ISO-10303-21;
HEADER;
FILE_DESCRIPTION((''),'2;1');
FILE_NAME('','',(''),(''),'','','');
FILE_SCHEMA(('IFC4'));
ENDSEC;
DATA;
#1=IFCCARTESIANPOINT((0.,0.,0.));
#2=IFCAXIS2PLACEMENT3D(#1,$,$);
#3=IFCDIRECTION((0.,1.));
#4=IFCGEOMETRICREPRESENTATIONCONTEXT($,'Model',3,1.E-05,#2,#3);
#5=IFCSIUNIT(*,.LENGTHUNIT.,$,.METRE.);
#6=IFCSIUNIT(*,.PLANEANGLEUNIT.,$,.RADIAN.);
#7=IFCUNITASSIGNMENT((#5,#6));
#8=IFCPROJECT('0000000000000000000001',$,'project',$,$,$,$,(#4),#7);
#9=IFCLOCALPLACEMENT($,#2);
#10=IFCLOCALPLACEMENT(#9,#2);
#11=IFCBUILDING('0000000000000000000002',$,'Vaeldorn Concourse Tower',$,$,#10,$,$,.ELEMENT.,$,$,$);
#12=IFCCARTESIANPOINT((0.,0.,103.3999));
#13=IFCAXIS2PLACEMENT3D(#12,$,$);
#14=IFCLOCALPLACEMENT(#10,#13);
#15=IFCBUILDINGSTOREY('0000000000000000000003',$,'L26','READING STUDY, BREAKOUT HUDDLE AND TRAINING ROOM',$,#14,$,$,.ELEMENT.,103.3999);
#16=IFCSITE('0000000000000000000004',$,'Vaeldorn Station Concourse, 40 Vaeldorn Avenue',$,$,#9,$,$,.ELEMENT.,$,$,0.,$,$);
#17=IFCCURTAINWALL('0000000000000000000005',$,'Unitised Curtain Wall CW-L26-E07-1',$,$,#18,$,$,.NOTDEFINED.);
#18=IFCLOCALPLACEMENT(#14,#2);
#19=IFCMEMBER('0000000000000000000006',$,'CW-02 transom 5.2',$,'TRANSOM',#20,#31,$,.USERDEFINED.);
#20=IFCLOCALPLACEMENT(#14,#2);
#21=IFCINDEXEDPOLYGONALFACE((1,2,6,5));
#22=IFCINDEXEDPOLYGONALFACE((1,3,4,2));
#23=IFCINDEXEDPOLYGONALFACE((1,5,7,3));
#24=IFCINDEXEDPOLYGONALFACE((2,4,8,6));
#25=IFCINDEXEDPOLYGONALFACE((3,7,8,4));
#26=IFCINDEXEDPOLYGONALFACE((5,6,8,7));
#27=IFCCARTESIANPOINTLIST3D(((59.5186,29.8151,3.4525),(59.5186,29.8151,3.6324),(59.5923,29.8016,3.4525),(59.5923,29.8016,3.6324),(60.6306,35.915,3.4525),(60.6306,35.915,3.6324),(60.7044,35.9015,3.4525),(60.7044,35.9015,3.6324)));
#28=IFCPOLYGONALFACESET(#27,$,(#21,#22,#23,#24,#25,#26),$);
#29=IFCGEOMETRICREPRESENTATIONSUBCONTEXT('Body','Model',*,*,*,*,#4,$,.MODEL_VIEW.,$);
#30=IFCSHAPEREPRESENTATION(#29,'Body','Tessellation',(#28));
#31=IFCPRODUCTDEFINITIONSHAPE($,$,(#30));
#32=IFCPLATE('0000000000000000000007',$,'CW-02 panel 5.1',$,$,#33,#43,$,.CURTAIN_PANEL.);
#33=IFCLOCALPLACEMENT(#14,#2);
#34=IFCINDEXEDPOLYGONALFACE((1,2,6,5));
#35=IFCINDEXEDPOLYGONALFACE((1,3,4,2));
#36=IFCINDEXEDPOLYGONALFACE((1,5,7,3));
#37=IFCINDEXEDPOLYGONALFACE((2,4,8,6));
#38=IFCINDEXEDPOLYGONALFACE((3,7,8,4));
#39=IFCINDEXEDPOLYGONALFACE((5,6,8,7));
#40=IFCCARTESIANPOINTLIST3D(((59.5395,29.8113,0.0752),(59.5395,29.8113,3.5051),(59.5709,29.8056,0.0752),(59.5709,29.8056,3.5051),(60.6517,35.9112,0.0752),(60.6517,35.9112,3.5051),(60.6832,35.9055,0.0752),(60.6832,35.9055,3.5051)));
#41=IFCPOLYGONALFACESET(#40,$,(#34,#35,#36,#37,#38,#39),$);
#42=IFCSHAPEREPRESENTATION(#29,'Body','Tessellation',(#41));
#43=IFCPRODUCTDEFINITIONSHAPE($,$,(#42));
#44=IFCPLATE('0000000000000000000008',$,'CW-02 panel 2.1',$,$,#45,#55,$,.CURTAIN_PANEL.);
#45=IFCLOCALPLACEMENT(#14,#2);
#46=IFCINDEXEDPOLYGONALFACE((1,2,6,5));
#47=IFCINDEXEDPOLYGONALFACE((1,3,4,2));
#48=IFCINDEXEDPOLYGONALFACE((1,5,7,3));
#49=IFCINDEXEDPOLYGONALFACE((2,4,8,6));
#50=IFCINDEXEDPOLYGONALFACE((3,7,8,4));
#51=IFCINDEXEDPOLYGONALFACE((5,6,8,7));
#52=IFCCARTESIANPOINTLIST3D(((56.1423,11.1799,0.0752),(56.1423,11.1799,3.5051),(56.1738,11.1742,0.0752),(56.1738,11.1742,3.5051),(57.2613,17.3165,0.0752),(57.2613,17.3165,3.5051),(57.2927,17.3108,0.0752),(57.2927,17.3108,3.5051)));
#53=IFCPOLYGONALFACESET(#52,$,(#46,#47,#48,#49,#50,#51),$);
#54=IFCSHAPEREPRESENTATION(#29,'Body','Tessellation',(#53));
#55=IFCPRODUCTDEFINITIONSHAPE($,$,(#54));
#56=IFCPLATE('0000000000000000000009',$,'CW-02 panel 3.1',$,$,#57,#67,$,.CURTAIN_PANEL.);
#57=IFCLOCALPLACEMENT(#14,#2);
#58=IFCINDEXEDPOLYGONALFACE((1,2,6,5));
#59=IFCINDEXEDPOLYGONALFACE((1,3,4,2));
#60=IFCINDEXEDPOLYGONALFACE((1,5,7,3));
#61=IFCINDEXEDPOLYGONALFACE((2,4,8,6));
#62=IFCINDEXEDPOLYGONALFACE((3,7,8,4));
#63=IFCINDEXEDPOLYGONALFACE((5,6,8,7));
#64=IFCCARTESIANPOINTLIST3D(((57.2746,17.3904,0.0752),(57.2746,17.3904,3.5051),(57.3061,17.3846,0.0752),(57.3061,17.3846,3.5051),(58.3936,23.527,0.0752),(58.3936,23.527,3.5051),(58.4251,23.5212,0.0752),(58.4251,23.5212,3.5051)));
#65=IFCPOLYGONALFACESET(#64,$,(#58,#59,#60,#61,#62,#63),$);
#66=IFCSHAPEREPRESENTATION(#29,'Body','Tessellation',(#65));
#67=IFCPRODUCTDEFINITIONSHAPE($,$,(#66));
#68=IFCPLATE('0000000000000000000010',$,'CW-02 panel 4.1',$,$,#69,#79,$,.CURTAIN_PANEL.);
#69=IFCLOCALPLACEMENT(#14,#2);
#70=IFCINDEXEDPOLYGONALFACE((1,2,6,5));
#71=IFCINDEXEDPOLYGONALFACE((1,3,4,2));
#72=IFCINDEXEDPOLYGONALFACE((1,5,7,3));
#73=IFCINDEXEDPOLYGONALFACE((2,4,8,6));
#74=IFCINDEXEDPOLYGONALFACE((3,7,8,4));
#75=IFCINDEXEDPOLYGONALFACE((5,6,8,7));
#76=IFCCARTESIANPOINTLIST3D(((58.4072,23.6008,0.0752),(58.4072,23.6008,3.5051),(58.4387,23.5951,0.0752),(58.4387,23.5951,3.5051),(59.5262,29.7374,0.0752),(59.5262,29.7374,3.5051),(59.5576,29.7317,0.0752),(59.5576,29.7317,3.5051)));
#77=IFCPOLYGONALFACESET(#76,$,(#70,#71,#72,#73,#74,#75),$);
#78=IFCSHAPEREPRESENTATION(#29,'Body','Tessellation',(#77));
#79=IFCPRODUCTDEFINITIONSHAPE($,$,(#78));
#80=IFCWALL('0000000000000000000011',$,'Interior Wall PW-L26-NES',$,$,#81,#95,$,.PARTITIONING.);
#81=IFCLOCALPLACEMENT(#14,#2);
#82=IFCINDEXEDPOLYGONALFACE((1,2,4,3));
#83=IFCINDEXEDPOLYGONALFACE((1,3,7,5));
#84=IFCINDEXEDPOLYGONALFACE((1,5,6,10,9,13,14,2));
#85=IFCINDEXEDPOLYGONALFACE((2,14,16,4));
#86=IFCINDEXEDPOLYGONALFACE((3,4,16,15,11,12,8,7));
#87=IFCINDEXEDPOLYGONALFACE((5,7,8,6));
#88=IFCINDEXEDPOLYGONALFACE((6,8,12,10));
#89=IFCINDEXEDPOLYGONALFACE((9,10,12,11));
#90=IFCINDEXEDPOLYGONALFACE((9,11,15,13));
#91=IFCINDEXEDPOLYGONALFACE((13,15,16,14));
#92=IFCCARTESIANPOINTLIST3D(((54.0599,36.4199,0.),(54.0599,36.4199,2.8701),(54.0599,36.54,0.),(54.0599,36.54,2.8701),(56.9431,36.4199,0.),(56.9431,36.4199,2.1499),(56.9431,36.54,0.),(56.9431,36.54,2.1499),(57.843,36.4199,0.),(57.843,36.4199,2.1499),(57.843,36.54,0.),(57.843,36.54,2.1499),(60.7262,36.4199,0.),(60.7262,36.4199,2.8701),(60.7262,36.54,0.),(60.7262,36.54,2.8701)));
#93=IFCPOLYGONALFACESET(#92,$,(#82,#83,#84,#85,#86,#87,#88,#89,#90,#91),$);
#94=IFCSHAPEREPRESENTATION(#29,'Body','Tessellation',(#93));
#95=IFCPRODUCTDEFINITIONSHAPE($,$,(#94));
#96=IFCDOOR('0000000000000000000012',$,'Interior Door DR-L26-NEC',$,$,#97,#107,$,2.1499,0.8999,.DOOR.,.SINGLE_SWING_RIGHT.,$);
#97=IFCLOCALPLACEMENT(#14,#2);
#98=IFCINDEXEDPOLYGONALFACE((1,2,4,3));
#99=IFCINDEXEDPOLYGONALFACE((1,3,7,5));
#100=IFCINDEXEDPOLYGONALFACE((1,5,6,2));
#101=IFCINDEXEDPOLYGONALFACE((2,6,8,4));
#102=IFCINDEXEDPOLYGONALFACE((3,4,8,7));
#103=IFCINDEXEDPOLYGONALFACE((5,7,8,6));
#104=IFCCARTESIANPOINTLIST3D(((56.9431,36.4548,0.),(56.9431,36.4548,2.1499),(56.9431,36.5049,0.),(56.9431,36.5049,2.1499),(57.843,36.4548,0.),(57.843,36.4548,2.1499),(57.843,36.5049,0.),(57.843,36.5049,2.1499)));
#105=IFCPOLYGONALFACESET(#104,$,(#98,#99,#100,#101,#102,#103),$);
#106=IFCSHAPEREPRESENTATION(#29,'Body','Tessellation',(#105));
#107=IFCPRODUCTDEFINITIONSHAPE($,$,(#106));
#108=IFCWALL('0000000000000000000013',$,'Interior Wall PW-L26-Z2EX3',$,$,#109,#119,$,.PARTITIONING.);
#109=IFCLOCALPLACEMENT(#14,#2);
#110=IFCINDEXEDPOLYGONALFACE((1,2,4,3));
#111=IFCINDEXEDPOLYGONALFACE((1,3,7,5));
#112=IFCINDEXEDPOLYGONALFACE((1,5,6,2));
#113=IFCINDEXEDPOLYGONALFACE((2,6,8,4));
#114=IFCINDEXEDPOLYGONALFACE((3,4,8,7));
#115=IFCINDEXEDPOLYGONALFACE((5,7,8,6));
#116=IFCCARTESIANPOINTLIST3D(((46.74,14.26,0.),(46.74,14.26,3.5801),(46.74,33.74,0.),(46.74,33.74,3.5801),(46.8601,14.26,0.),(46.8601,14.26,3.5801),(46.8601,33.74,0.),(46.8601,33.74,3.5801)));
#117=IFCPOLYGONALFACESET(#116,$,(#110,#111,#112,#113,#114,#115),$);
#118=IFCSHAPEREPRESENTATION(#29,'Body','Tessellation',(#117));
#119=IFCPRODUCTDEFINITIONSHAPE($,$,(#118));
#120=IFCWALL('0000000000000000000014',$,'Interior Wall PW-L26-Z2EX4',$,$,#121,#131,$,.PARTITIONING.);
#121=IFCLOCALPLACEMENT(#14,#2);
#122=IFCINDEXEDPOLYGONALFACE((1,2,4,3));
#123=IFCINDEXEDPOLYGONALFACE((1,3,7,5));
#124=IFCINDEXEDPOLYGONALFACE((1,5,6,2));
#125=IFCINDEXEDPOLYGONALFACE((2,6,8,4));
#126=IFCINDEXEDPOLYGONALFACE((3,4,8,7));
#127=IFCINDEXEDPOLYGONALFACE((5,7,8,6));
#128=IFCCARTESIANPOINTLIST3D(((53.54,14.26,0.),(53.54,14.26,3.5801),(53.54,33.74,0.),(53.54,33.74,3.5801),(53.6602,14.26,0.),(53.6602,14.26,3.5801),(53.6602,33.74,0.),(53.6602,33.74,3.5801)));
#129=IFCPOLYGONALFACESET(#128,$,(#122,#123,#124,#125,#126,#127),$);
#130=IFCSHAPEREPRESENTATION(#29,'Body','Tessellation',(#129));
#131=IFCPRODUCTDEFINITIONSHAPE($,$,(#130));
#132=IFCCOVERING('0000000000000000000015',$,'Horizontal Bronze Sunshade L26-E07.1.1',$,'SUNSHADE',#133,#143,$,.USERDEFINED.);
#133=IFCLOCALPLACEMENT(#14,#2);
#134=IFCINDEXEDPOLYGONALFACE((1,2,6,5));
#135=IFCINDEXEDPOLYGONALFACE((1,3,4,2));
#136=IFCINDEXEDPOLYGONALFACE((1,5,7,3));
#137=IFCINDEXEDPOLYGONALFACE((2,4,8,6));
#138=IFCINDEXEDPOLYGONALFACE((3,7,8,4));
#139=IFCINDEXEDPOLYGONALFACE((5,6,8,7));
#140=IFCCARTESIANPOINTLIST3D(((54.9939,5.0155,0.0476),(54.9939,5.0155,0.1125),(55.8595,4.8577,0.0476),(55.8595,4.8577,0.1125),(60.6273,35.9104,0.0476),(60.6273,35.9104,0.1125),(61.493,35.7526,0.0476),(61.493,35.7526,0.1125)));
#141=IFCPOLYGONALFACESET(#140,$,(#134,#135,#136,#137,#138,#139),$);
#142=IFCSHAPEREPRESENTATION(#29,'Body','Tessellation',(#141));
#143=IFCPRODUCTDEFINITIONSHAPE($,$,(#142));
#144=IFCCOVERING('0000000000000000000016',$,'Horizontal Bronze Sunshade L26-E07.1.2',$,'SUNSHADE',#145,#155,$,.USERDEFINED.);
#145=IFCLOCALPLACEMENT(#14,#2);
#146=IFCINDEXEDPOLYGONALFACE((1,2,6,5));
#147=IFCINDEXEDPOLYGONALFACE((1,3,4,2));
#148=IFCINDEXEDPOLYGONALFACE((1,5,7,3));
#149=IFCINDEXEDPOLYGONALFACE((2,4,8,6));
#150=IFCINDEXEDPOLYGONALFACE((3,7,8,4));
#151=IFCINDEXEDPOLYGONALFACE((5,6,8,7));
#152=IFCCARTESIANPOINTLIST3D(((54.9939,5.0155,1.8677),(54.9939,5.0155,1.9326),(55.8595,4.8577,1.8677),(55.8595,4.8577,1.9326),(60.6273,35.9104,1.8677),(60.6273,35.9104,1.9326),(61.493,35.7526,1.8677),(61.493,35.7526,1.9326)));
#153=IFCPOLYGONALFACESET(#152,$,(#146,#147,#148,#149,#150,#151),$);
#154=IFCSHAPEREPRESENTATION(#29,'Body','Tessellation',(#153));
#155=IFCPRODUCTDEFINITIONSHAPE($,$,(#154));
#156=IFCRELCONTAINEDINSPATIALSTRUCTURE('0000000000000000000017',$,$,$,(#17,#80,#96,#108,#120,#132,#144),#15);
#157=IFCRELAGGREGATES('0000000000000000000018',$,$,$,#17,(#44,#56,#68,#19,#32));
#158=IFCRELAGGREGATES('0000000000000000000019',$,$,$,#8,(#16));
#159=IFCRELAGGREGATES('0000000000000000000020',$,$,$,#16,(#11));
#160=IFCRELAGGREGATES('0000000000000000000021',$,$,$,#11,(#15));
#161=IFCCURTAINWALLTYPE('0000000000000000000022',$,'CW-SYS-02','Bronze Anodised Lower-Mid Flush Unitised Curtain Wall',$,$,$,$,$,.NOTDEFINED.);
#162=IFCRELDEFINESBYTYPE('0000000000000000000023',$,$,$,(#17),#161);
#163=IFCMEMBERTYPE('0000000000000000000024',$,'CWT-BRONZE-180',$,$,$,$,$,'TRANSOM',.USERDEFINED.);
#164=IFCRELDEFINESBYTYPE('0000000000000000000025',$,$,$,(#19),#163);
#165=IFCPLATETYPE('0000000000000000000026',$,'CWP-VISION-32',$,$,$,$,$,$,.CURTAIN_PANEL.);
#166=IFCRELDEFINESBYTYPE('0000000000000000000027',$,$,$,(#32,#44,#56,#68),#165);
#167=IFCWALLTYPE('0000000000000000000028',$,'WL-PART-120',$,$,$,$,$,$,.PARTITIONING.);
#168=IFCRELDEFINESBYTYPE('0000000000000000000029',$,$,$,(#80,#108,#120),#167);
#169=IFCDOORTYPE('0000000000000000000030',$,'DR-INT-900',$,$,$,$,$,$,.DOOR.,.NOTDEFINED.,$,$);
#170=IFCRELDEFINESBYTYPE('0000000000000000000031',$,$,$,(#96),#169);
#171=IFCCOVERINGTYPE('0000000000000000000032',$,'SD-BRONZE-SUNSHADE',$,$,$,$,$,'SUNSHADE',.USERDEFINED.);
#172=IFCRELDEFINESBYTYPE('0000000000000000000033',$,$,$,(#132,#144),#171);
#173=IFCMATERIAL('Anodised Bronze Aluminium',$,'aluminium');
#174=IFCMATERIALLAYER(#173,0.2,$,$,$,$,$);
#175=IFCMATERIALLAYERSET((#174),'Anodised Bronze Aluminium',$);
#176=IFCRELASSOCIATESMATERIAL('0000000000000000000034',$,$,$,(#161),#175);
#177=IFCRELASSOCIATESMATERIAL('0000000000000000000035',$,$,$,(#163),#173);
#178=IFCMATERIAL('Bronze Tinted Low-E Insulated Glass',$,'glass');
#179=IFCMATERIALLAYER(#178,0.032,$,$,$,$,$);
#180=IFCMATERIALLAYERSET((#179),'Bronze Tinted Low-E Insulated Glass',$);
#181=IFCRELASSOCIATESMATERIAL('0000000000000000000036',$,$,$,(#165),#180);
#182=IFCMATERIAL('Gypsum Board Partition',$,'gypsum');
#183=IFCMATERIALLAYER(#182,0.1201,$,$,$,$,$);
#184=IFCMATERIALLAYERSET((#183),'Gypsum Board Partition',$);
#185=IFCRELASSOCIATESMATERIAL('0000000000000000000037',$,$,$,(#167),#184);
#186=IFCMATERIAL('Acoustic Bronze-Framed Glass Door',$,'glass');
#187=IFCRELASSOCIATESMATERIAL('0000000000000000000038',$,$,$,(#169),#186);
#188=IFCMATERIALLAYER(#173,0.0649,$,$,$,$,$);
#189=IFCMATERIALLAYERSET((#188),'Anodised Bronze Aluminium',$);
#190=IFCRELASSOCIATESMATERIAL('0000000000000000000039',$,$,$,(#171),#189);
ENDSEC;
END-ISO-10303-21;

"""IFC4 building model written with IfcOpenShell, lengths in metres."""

from ifc_helpers import new_model, si_unit, direction, frame, frame_2d, origin, origin_2d, place, context, subcontext, project, spatial, rectangle, extrude, source, transform, mapped, material, layer, layer_set, material_profile, profile_set, type_object, element, fill, aggregate, save


model = new_model("IFC4")

# Units and contexts
model_context = context("Model", 3, precision=1e-05, world=origin(), true_north=direction((0.0, 1.0)))
body_context = subcontext(model_context, "Body", "Model", "MODEL_VIEW")
ifc_project = project(units=[si_unit("LENGTHUNIT", "METRE"), si_unit("PLANEANGLEUNIT", "RADIAN")], contexts=[model_context])

# Site, building, storey
site_placement = place(None, origin())
site = spatial("IfcSite", under=ifc_project, at=site_placement, Name="Vaeldorn Station Concourse, 40 Vaeldorn Avenue", CompositionType="ELEMENT", RefElevation=0.0)
building_placement = place(site_placement, origin())
building = spatial("IfcBuilding", under=site, at=building_placement, Name="Vaeldorn Concourse Tower", CompositionType="ELEMENT")
storey_placement = place(building_placement, frame((0.0, 0.0, 103.3999)))
storey = spatial("IfcBuildingStorey", under=building, at=storey_placement, Name="L26", Description="READING STUDY, BREAKOUT HUDDLE AND TRAINING ROOM", CompositionType="ELEMENT", Elevation=103.3999)

# Curtain wall, member, plates
ifc_material_1 = material(Name="Anodised Bronze Aluminium", Category="aluminium")
ifc_layer_1 = layer(ifc_material_1, 0.2)
ifc_layer_set_1 = layer_set([ifc_layer_1], Name="Anodised Bronze Aluminium")
curtain_wall_type = type_object("IfcCurtainWallType", Name="CW-SYS-02", Description="Bronze Anodised Lower-Mid Flush Unitised Curtain Wall", PredefinedType="NOTDEFINED", material=ifc_layer_set_1)
curtain_wall_placement = place(storey_placement, origin())
curtain_wall = element("IfcCurtainWall", 1, at=curtain_wall_placement, inside=storey, type_object=curtain_wall_type, Name="Unitised Curtain Wall CW-L26-E07-1", PredefinedType="NOTDEFINED")
ifc_material_profile_1 = material_profile(ifc_material_1, rectangle(XDim=0.075, YDim=0.1799, at=origin_2d()), Name="CWT 75x180")
ifc_profile_set_1 = profile_set([ifc_material_profile_1], Name="Anodised Bronze Aluminium")
member_type_1 = type_object("IfcMemberType", Name="CWT-BRONZE-180", ElementType="TRANSOM", PredefinedType="USERDEFINED", material=ifc_profile_set_1)
shared_shape_1 = source(origin(), body_context, "Body", "SweptSolid", [
    extrude(rectangle(XDim=0.075, YDim=0.1799, at=origin_2d()), origin(), (0.0, 0.0, 1.0), 6.2004),
])
member_1_placement = place(storey_placement, frame((59.5554, 29.8083, 3.5425), z_axis=(0.179353, 0.983785, 0.0), x_axis=(-0.983785, 0.179353, 0.0)))
member_1 = element("IfcMember", 2, at=member_1_placement, type_object=member_type_1, Name="CW-02 transom 5.2", ObjectType="TRANSOM", PredefinedType="USERDEFINED", context=body_context, shape_type="MappedRepresentation", body=[
    mapped(shared_shape_1, transform((0.0, 0.0, 0.0), scale=1.0)),
])
ifc_material_2 = material(Name="Bronze Tinted Low-E Insulated Glass", Category="glass")
ifc_layer_2 = layer(ifc_material_2, 0.032)
ifc_layer_set_2 = layer_set([ifc_layer_2], Name="Bronze Tinted Low-E Insulated Glass")
plate_type = type_object("IfcPlateType", Name="CWP-VISION-32", PredefinedType="CURTAIN_PANEL", material=ifc_layer_set_2)
shared_shape_2 = source(origin(), body_context, "Body", "SweptSolid", [
    extrude(rectangle(XDim=6.2004, YDim=0.032, at=origin_2d()), origin(), (0.0, 0.0, 1.0), 3.4299),
])
plate_1_placement = place(storey_placement, frame((60.1113, 32.8584, 0.0752), z_axis=(0.0, 0.0, 1.0), x_axis=(0.179384, 0.983779, 0.0)))
plate_1 = element("IfcPlate", 3, at=plate_1_placement, type_object=plate_type, Name="CW-02 panel 5.1", PredefinedType="CURTAIN_PANEL", context=body_context, shape_type="MappedRepresentation", body=[
    mapped(shared_shape_2, transform((0.0, 0.0, 0.0), scale=1.0)),
])
shared_shape_3 = source(origin(), body_context, "Body", "SweptSolid", [
    extrude(rectangle(XDim=6.2378, YDim=0.032, at=origin_2d()), origin(), (0.0, 0.0, 1.0), 3.4299),
])
plate_2_placement = place(storey_placement, frame((56.7175, 14.2454, 0.0752), z_axis=(0.0, 0.0, 1.0), x_axis=(0.179384, 0.983779, 0.0)))
plate_2 = element("IfcPlate", 4, at=plate_2_placement, type_object=plate_type, Name="CW-02 panel 2.1", PredefinedType="CURTAIN_PANEL", context=body_context, shape_type="MappedRepresentation", body=[
    mapped(shared_shape_3, transform((0.0, 0.0, 0.0), scale=1.0)),
])
plate_3_placement = place(storey_placement, frame((57.8499, 20.4558, 0.0752), z_axis=(0.0, 0.0, 1.0), x_axis=(0.179384, 0.983779, 0.0)))
plate_3 = element("IfcPlate", 5, at=plate_3_placement, type_object=plate_type, Name="CW-02 panel 3.1", PredefinedType="CURTAIN_PANEL", context=body_context, shape_type="MappedRepresentation", body=[
    mapped(shared_shape_3, transform((0.0, 0.0, 0.0), scale=1.0)),
])
plate_4_placement = place(storey_placement, frame((58.9824, 26.6663, 0.0752), z_axis=(0.0, 0.0, 1.0), x_axis=(0.179384, 0.983779, 0.0)))
plate_4 = element("IfcPlate", 6, at=plate_4_placement, type_object=plate_type, Name="CW-02 panel 4.1", PredefinedType="CURTAIN_PANEL", context=body_context, shape_type="MappedRepresentation", body=[
    mapped(shared_shape_3, transform((0.0, 0.0, 0.0), scale=1.0)),
])
aggregate(curtain_wall, [plate_2, plate_3, plate_4, member_1, plate_1])

# Wall, opening, door
ifc_material_3 = material(Name="Gypsum Board Partition", Category="gypsum")
ifc_layer_3 = layer(ifc_material_3, 0.1201)
ifc_layer_set_3 = layer_set([ifc_layer_3], Name="Gypsum Board Partition")
wall_type = type_object("IfcWallType", Name="WL-PART-120", PredefinedType="PARTITIONING", material=ifc_layer_set_3)
wall_placement = place(storey_placement, frame((54.0601, 36.48, 0.0), z_axis=(0.0, 0.0, 1.0), x_axis=(1.0, 0.0, 0.0)))
wall = element("IfcWall", 7, at=wall_placement, inside=storey, type_object=wall_type, Name="Interior Wall PW-L26-NES", PredefinedType="PARTITIONING", context=body_context, shape_type="SweptSolid", body=[
    extrude(rectangle(XDim=6.6663, YDim=0.1201, at=frame_2d((3.333, 0.0))), origin(), (0.0, 0.0, 1.0), 2.8701),
])
opening_placement = place(wall_placement, frame((2.8831, 0.0, 0.0)))
opening = element("IfcOpeningElement", 8, at=opening_placement, cuts=wall, PredefinedType="OPENING", context=body_context, shape_type="SweptSolid", body=[
    extrude(rectangle(XDim=0.8999, YDim=2.1499, at=frame_2d((0.45, 1.075))), frame((0.0, 0.0701, 0.0), z_axis=(0.0, -1.0, 0.0), x_axis=(1.0, 0.0, 0.0)), (0.0, 0.0, 1.0), 0.1401),
])
ifc_material_4 = material(Name="Acoustic Bronze-Framed Glass Door", Category="glass")
door_type = type_object("IfcDoorType", Name="DR-INT-900", OperationType="NOTDEFINED", PredefinedType="DOOR", material=ifc_material_4)
shared_shape_4 = source(origin(), body_context, "Body", "SweptSolid", [
    extrude(rectangle(XDim=0.8999, YDim=2.1499, at=frame_2d((0.45, 1.075))), frame((0.0, 0.0249, 0.0), z_axis=(0.0, -1.0, 0.0), x_axis=(1.0, 0.0, 0.0)), (0.0, 0.0, 1.0), 0.05),
])
door_placement = place(opening_placement, origin())
door = element("IfcDoor", 9, at=door_placement, inside=storey, type_object=door_type, Name="Interior Door DR-L26-NEC", OperationType="SINGLE_SWING_RIGHT", OverallHeight=2.1499, OverallWidth=0.8999, PredefinedType="DOOR", context=body_context, shape_type="MappedRepresentation", body=[
    mapped(shared_shape_4, transform((0.0, 0.0, 0.0), scale=1.0)),
])
fill(opening, door)

# Walls
for number, where, z_axis, x_axis, name in (
    (10, (46.8, 14.26, 0.0), (0.0, 0.0, 1.0), (0.0, 1.0, 0.0), "Interior Wall PW-L26-Z2EX3"),
    (11, (53.6001, 14.26, 0.0), (0.0, 0.0, 1.0), (0.0, 1.0, 0.0), "Interior Wall PW-L26-Z2EX4"),
):
    element("IfcWall", number, at=place(storey_placement, frame(where, z_axis=z_axis, x_axis=x_axis)), inside=storey, type_object=wall_type, Name=name, PredefinedType="PARTITIONING", context=body_context, shape_type="SweptSolid", body=[
        extrude(rectangle(XDim=19.48, YDim=0.1201, at=frame_2d((9.74, 0.0))), origin(), (0.0, 0.0, 1.0), 3.5801),
    ])

# Coverings
ifc_layer_4 = layer(ifc_material_1, 0.0649)
ifc_layer_set_4 = layer_set([ifc_layer_4], Name="Anodised Bronze Aluminium")
covering_type = type_object("IfcCoveringType", Name="SD-BRONZE-SUNSHADE", ElementType="SUNSHADE", PredefinedType="USERDEFINED", material=ifc_layer_set_4)
shared_shape_5 = source(origin(), body_context, "Body", "SweptSolid", [
    extrude(rectangle(XDim=31.4043, YDim=0.8799, at=origin_2d()), origin(), (0.0, 0.0, 1.0), 0.0649),
])
for number, where, z_axis, x_axis, name in (
    (12, (58.2434, 20.384, 0.0476), (0.0, 0.0, 1.0), (0.179386, 0.983779, 0.0), "Horizontal Bronze Sunshade L26-E07.1.1"),
    (13, (58.2434, 20.384, 1.8677), (0.0, 0.0, 1.0), (0.179386, 0.983779, 0.0), "Horizontal Bronze Sunshade L26-E07.1.2"),
):
    element("IfcCovering", number, at=place(storey_placement, frame(where, z_axis=z_axis, x_axis=x_axis)), inside=storey, type_object=covering_type, Name=name, ObjectType="SUNSHADE", PredefinedType="USERDEFINED", context=body_context, shape_type="MappedRepresentation", body=[
        mapped(shared_shape_5, transform((0.0, 0.0, 0.0), scale=1.0)),
    ])

save(model, "model.ifc")
